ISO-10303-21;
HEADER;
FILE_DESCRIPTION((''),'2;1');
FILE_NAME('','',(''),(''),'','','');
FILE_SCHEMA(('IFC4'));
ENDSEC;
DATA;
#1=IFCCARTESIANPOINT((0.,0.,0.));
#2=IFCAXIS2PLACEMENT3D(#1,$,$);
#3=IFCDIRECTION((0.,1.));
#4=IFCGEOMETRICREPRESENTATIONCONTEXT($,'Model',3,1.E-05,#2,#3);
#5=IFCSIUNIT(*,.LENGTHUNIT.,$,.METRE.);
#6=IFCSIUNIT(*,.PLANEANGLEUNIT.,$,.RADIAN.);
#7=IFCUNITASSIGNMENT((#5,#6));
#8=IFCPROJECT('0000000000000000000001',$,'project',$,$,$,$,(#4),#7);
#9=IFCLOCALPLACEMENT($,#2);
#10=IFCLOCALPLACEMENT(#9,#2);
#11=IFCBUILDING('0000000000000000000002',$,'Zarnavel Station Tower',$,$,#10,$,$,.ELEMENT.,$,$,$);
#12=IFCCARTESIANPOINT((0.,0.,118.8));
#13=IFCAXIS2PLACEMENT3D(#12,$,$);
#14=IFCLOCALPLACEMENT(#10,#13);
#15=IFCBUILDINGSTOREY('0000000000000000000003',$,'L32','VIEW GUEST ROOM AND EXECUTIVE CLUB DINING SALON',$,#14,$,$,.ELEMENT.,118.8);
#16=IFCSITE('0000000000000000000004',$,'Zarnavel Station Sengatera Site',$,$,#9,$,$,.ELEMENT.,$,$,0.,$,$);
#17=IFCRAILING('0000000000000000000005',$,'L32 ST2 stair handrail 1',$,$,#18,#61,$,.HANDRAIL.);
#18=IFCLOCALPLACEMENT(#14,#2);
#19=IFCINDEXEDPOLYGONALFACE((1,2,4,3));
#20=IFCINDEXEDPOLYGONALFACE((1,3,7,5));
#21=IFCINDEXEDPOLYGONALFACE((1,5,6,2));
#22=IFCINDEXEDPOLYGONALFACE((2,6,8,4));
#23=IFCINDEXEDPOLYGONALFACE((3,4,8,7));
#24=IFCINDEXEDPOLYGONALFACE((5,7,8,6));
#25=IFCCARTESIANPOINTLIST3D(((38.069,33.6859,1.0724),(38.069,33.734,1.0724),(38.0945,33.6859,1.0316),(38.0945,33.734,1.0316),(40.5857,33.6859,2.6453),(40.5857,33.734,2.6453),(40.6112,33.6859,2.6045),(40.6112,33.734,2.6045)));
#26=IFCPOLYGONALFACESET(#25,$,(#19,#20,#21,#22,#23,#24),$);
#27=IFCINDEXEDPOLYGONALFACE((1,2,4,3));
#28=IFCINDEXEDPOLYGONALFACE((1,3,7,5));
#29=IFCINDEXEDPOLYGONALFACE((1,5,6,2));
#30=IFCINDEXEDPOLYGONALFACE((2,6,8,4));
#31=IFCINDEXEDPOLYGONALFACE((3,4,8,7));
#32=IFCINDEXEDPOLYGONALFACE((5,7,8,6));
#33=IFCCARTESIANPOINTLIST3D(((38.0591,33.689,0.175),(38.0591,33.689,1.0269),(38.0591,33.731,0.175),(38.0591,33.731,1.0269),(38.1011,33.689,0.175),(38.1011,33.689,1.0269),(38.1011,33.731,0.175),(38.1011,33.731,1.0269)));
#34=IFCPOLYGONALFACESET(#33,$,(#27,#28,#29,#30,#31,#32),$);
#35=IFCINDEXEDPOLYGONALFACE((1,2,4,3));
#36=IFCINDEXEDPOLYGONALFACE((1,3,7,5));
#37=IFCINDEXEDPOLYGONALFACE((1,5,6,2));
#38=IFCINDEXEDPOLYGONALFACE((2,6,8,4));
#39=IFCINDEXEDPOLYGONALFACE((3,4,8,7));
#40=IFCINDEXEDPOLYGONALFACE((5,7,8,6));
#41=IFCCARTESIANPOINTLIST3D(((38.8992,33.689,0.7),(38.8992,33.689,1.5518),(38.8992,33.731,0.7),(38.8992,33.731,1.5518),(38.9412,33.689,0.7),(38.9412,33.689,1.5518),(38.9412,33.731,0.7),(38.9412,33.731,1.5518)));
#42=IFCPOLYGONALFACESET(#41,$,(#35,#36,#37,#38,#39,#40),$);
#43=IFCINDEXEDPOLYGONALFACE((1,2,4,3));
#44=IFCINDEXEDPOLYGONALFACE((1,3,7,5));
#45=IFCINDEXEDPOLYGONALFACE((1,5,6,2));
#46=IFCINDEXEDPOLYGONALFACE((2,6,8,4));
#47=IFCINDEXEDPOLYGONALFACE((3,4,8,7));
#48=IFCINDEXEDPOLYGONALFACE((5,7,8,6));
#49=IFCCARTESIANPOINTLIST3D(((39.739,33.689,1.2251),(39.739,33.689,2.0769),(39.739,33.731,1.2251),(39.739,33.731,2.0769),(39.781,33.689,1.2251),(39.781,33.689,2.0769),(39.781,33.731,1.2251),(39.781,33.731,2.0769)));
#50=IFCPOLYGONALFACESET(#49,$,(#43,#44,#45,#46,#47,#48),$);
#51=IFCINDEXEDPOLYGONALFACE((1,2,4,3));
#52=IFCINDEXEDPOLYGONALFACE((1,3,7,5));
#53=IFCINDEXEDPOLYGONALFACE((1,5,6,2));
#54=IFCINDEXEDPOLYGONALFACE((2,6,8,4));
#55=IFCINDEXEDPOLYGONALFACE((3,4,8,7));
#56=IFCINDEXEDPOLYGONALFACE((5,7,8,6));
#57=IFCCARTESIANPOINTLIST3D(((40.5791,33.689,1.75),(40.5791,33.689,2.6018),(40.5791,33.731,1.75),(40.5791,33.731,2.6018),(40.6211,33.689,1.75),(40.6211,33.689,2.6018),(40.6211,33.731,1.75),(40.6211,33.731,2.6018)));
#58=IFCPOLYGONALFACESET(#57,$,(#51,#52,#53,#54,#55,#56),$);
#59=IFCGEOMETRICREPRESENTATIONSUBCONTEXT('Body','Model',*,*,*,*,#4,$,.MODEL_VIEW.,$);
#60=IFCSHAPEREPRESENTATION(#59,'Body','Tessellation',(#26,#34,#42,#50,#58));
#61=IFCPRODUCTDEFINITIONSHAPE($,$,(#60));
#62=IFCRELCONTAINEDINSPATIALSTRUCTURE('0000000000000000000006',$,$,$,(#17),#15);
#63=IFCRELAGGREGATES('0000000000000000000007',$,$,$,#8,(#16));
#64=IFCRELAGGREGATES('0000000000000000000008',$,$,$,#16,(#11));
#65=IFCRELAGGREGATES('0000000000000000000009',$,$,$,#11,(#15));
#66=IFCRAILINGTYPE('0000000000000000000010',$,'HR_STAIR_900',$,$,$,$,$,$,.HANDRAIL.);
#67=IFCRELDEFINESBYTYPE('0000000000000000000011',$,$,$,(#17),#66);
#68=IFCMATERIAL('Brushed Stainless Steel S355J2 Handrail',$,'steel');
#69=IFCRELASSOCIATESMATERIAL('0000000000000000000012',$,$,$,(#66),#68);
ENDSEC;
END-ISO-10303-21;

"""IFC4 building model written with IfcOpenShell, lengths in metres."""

from ifc_helpers import new_model, si_unit, direction, frame, origin, origin_2d, place, context, subcontext, project, spatial, rectangle, extrude, material, type_object, element, save


model = new_model("IFC4")

# Units and contexts
model_context = context("Model", 3, precision=1e-05, world=origin(), true_north=direction((0.0, 1.0)))
body_context = subcontext(model_context, "Body", "Model", "MODEL_VIEW")
ifc_project = project(units=[si_unit("LENGTHUNIT", "METRE"), si_unit("PLANEANGLEUNIT", "RADIAN")], contexts=[model_context])

# Site, building, storey
site_placement = place(None, origin())
site = spatial("IfcSite", under=ifc_project, at=site_placement, Name="Zarnavel Station Sengatera Site", CompositionType="ELEMENT", RefElevation=0.0)
building_placement = place(site_placement, origin())
building = spatial("IfcBuilding", under=site, at=building_placement, Name="Zarnavel Station Tower", CompositionType="ELEMENT")
storey_placement = place(building_placement, frame((0.0, 0.0, 118.8)))
storey = spatial("IfcBuildingStorey", under=building, at=storey_placement, Name="L32", Description="VIEW GUEST ROOM AND EXECUTIVE CLUB DINING SALON", CompositionType="ELEMENT", Elevation=118.8)

# Railing
ifc_material_1 = material(Name="Brushed Stainless Steel S355J2 Handrail", Category="steel")
railing_type_1 = type_object("IfcRailingType", Name="HR_STAIR_900", PredefinedType="HANDRAIL", material=ifc_material_1)
railing_1_placement = place(storey_placement, frame((38.0801, 33.71, 0.175)))
element("IfcRailing", 1, at=railing_1_placement, inside=storey, type_object=railing_type_1, Name="L32 ST2 stair handrail 1", PredefinedType="HANDRAIL", context=body_context, shape_type="SweptSolid", body=[
    extrude(rectangle(XDim=0.0481, YDim=0.0481, at=origin_2d()), frame((0.0017, 0.0, 0.877), z_axis=(0.848008, 0.0, 0.529984), x_axis=(0.0, 1.0, 0.0)), (0.0, 0.0, 1.0), 2.9678),
    extrude(rectangle(XDim=0.042, YDim=0.042, at=origin_2d()), origin(), (0.0, 0.0, 1.0), 0.8518),
    extrude(rectangle(XDim=0.042, YDim=0.042, at=origin_2d()), frame((0.8401, 0.0, 0.5249)), (0.0, 0.0, 1.0), 0.8518),
    extrude(rectangle(XDim=0.042, YDim=0.042, at=origin_2d()), frame((1.6799, 0.0, 1.05)), (0.0, 0.0, 1.0), 0.8518),
    extrude(rectangle(XDim=0.042, YDim=0.042, at=origin_2d()), frame((2.52, 0.0, 1.575)), (0.0, 0.0, 1.0), 0.8518),
])

save(model, "model.ifc")
